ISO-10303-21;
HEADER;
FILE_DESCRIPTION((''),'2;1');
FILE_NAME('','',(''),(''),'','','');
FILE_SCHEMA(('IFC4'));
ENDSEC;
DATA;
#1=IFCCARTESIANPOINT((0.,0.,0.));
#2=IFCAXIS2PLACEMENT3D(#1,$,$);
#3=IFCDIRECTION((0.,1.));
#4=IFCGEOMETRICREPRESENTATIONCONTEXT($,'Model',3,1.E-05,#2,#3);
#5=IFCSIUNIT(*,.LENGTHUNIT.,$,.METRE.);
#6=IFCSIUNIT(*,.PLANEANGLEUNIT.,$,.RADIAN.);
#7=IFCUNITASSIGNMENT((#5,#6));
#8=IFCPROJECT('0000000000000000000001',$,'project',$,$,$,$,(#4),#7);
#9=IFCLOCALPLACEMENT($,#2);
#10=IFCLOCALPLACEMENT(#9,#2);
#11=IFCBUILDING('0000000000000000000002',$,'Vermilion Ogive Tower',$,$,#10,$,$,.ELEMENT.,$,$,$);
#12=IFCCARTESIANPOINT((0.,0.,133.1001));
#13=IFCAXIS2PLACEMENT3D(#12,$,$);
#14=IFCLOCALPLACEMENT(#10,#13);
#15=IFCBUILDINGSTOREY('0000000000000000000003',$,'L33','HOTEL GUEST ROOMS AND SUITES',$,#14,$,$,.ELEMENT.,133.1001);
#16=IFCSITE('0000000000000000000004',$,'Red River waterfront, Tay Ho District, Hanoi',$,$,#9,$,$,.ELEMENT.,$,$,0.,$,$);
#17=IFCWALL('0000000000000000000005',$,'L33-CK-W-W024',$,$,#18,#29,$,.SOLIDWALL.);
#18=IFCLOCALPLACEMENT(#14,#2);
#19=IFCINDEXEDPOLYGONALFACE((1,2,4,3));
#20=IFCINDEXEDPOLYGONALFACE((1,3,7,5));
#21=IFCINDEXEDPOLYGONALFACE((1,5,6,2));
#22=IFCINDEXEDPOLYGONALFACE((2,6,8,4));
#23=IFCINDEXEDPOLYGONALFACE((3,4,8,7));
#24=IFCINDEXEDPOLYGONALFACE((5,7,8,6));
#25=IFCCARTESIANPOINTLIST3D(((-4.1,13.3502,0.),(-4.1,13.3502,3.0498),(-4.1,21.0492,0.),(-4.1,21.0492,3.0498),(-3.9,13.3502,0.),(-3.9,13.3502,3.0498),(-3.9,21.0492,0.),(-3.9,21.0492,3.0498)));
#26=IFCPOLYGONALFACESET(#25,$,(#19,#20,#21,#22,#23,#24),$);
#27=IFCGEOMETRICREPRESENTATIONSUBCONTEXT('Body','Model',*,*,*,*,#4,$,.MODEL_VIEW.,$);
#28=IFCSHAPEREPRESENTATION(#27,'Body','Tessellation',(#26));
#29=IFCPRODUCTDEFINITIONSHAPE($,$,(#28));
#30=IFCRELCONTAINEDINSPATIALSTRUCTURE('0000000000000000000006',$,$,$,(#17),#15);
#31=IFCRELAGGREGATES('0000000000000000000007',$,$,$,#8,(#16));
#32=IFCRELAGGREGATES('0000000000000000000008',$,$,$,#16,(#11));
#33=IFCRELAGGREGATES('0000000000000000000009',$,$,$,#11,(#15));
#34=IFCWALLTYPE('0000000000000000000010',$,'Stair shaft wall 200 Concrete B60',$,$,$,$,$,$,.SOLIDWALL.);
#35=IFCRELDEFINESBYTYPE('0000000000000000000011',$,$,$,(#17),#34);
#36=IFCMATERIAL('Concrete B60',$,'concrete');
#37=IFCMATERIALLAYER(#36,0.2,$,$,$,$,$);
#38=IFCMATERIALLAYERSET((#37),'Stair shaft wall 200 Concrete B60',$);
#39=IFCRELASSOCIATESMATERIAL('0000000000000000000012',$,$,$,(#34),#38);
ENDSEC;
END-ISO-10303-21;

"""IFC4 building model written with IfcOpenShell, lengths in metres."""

from ifc_helpers import new_model, si_unit, direction, frame, frame_2d, origin, place, context, subcontext, project, spatial, rectangle, extrude, material, layer, layer_set, type_object, element, save


model = new_model("IFC4")

# Units and contexts
model_context = context("Model", 3, precision=1e-05, world=origin(), true_north=direction((0.0, 1.0)))
body_context = subcontext(model_context, "Body", "Model", "MODEL_VIEW")
ifc_project = project(units=[si_unit("LENGTHUNIT", "METRE"), si_unit("PLANEANGLEUNIT", "RADIAN")], contexts=[model_context])

# Site, building, storey
site_placement = place(None, origin())
site = spatial("IfcSite", under=ifc_project, at=site_placement, Name="Red River waterfront, Tay Ho District, Hanoi", CompositionType="ELEMENT", RefElevation=0.0)
building_placement = place(site_placement, origin())
building = spatial("IfcBuilding", under=site, at=building_placement, Name="Vermilion Ogive Tower", CompositionType="ELEMENT")
storey_placement = place(building_placement, frame((0.0, 0.0, 133.1001)))
storey = spatial("IfcBuildingStorey", under=building, at=storey_placement, Name="L33", Description="HOTEL GUEST ROOMS AND SUITES", CompositionType="ELEMENT", Elevation=133.1001)

# Shared definitions
ifc_material_1 = material(Name="Concrete B60", Category="concrete")
ifc_layer_1 = layer(ifc_material_1, 0.2)
ifc_layer_set_1 = layer_set([ifc_layer_1], Name="Stair shaft wall 200 Concrete B60")
wall_type_1 = type_object("IfcWallType", Name="Stair shaft wall 200 Concrete B60", PredefinedType="SOLIDWALL", material=ifc_layer_set_1)

# Wall
wall_1_placement = place(storey_placement, frame((-4.0, 13.3501, 0.0), z_axis=(0.0, 0.0, 1.0), x_axis=(0.0, 1.0, 0.0)))
element("IfcWall", 1, at=wall_1_placement, inside=storey, type_object=wall_type_1, Name="L33-CK-W-W024", PredefinedType="SOLIDWALL", context=body_context, shape_type="SweptSolid", body=[
    extrude(rectangle(XDim=7.699, YDim=0.2, at=frame_2d((3.8496, 0.0))), origin(), (0.0, 0.0, 1.0), 3.0498),
])

save(model, "model.ifc")
